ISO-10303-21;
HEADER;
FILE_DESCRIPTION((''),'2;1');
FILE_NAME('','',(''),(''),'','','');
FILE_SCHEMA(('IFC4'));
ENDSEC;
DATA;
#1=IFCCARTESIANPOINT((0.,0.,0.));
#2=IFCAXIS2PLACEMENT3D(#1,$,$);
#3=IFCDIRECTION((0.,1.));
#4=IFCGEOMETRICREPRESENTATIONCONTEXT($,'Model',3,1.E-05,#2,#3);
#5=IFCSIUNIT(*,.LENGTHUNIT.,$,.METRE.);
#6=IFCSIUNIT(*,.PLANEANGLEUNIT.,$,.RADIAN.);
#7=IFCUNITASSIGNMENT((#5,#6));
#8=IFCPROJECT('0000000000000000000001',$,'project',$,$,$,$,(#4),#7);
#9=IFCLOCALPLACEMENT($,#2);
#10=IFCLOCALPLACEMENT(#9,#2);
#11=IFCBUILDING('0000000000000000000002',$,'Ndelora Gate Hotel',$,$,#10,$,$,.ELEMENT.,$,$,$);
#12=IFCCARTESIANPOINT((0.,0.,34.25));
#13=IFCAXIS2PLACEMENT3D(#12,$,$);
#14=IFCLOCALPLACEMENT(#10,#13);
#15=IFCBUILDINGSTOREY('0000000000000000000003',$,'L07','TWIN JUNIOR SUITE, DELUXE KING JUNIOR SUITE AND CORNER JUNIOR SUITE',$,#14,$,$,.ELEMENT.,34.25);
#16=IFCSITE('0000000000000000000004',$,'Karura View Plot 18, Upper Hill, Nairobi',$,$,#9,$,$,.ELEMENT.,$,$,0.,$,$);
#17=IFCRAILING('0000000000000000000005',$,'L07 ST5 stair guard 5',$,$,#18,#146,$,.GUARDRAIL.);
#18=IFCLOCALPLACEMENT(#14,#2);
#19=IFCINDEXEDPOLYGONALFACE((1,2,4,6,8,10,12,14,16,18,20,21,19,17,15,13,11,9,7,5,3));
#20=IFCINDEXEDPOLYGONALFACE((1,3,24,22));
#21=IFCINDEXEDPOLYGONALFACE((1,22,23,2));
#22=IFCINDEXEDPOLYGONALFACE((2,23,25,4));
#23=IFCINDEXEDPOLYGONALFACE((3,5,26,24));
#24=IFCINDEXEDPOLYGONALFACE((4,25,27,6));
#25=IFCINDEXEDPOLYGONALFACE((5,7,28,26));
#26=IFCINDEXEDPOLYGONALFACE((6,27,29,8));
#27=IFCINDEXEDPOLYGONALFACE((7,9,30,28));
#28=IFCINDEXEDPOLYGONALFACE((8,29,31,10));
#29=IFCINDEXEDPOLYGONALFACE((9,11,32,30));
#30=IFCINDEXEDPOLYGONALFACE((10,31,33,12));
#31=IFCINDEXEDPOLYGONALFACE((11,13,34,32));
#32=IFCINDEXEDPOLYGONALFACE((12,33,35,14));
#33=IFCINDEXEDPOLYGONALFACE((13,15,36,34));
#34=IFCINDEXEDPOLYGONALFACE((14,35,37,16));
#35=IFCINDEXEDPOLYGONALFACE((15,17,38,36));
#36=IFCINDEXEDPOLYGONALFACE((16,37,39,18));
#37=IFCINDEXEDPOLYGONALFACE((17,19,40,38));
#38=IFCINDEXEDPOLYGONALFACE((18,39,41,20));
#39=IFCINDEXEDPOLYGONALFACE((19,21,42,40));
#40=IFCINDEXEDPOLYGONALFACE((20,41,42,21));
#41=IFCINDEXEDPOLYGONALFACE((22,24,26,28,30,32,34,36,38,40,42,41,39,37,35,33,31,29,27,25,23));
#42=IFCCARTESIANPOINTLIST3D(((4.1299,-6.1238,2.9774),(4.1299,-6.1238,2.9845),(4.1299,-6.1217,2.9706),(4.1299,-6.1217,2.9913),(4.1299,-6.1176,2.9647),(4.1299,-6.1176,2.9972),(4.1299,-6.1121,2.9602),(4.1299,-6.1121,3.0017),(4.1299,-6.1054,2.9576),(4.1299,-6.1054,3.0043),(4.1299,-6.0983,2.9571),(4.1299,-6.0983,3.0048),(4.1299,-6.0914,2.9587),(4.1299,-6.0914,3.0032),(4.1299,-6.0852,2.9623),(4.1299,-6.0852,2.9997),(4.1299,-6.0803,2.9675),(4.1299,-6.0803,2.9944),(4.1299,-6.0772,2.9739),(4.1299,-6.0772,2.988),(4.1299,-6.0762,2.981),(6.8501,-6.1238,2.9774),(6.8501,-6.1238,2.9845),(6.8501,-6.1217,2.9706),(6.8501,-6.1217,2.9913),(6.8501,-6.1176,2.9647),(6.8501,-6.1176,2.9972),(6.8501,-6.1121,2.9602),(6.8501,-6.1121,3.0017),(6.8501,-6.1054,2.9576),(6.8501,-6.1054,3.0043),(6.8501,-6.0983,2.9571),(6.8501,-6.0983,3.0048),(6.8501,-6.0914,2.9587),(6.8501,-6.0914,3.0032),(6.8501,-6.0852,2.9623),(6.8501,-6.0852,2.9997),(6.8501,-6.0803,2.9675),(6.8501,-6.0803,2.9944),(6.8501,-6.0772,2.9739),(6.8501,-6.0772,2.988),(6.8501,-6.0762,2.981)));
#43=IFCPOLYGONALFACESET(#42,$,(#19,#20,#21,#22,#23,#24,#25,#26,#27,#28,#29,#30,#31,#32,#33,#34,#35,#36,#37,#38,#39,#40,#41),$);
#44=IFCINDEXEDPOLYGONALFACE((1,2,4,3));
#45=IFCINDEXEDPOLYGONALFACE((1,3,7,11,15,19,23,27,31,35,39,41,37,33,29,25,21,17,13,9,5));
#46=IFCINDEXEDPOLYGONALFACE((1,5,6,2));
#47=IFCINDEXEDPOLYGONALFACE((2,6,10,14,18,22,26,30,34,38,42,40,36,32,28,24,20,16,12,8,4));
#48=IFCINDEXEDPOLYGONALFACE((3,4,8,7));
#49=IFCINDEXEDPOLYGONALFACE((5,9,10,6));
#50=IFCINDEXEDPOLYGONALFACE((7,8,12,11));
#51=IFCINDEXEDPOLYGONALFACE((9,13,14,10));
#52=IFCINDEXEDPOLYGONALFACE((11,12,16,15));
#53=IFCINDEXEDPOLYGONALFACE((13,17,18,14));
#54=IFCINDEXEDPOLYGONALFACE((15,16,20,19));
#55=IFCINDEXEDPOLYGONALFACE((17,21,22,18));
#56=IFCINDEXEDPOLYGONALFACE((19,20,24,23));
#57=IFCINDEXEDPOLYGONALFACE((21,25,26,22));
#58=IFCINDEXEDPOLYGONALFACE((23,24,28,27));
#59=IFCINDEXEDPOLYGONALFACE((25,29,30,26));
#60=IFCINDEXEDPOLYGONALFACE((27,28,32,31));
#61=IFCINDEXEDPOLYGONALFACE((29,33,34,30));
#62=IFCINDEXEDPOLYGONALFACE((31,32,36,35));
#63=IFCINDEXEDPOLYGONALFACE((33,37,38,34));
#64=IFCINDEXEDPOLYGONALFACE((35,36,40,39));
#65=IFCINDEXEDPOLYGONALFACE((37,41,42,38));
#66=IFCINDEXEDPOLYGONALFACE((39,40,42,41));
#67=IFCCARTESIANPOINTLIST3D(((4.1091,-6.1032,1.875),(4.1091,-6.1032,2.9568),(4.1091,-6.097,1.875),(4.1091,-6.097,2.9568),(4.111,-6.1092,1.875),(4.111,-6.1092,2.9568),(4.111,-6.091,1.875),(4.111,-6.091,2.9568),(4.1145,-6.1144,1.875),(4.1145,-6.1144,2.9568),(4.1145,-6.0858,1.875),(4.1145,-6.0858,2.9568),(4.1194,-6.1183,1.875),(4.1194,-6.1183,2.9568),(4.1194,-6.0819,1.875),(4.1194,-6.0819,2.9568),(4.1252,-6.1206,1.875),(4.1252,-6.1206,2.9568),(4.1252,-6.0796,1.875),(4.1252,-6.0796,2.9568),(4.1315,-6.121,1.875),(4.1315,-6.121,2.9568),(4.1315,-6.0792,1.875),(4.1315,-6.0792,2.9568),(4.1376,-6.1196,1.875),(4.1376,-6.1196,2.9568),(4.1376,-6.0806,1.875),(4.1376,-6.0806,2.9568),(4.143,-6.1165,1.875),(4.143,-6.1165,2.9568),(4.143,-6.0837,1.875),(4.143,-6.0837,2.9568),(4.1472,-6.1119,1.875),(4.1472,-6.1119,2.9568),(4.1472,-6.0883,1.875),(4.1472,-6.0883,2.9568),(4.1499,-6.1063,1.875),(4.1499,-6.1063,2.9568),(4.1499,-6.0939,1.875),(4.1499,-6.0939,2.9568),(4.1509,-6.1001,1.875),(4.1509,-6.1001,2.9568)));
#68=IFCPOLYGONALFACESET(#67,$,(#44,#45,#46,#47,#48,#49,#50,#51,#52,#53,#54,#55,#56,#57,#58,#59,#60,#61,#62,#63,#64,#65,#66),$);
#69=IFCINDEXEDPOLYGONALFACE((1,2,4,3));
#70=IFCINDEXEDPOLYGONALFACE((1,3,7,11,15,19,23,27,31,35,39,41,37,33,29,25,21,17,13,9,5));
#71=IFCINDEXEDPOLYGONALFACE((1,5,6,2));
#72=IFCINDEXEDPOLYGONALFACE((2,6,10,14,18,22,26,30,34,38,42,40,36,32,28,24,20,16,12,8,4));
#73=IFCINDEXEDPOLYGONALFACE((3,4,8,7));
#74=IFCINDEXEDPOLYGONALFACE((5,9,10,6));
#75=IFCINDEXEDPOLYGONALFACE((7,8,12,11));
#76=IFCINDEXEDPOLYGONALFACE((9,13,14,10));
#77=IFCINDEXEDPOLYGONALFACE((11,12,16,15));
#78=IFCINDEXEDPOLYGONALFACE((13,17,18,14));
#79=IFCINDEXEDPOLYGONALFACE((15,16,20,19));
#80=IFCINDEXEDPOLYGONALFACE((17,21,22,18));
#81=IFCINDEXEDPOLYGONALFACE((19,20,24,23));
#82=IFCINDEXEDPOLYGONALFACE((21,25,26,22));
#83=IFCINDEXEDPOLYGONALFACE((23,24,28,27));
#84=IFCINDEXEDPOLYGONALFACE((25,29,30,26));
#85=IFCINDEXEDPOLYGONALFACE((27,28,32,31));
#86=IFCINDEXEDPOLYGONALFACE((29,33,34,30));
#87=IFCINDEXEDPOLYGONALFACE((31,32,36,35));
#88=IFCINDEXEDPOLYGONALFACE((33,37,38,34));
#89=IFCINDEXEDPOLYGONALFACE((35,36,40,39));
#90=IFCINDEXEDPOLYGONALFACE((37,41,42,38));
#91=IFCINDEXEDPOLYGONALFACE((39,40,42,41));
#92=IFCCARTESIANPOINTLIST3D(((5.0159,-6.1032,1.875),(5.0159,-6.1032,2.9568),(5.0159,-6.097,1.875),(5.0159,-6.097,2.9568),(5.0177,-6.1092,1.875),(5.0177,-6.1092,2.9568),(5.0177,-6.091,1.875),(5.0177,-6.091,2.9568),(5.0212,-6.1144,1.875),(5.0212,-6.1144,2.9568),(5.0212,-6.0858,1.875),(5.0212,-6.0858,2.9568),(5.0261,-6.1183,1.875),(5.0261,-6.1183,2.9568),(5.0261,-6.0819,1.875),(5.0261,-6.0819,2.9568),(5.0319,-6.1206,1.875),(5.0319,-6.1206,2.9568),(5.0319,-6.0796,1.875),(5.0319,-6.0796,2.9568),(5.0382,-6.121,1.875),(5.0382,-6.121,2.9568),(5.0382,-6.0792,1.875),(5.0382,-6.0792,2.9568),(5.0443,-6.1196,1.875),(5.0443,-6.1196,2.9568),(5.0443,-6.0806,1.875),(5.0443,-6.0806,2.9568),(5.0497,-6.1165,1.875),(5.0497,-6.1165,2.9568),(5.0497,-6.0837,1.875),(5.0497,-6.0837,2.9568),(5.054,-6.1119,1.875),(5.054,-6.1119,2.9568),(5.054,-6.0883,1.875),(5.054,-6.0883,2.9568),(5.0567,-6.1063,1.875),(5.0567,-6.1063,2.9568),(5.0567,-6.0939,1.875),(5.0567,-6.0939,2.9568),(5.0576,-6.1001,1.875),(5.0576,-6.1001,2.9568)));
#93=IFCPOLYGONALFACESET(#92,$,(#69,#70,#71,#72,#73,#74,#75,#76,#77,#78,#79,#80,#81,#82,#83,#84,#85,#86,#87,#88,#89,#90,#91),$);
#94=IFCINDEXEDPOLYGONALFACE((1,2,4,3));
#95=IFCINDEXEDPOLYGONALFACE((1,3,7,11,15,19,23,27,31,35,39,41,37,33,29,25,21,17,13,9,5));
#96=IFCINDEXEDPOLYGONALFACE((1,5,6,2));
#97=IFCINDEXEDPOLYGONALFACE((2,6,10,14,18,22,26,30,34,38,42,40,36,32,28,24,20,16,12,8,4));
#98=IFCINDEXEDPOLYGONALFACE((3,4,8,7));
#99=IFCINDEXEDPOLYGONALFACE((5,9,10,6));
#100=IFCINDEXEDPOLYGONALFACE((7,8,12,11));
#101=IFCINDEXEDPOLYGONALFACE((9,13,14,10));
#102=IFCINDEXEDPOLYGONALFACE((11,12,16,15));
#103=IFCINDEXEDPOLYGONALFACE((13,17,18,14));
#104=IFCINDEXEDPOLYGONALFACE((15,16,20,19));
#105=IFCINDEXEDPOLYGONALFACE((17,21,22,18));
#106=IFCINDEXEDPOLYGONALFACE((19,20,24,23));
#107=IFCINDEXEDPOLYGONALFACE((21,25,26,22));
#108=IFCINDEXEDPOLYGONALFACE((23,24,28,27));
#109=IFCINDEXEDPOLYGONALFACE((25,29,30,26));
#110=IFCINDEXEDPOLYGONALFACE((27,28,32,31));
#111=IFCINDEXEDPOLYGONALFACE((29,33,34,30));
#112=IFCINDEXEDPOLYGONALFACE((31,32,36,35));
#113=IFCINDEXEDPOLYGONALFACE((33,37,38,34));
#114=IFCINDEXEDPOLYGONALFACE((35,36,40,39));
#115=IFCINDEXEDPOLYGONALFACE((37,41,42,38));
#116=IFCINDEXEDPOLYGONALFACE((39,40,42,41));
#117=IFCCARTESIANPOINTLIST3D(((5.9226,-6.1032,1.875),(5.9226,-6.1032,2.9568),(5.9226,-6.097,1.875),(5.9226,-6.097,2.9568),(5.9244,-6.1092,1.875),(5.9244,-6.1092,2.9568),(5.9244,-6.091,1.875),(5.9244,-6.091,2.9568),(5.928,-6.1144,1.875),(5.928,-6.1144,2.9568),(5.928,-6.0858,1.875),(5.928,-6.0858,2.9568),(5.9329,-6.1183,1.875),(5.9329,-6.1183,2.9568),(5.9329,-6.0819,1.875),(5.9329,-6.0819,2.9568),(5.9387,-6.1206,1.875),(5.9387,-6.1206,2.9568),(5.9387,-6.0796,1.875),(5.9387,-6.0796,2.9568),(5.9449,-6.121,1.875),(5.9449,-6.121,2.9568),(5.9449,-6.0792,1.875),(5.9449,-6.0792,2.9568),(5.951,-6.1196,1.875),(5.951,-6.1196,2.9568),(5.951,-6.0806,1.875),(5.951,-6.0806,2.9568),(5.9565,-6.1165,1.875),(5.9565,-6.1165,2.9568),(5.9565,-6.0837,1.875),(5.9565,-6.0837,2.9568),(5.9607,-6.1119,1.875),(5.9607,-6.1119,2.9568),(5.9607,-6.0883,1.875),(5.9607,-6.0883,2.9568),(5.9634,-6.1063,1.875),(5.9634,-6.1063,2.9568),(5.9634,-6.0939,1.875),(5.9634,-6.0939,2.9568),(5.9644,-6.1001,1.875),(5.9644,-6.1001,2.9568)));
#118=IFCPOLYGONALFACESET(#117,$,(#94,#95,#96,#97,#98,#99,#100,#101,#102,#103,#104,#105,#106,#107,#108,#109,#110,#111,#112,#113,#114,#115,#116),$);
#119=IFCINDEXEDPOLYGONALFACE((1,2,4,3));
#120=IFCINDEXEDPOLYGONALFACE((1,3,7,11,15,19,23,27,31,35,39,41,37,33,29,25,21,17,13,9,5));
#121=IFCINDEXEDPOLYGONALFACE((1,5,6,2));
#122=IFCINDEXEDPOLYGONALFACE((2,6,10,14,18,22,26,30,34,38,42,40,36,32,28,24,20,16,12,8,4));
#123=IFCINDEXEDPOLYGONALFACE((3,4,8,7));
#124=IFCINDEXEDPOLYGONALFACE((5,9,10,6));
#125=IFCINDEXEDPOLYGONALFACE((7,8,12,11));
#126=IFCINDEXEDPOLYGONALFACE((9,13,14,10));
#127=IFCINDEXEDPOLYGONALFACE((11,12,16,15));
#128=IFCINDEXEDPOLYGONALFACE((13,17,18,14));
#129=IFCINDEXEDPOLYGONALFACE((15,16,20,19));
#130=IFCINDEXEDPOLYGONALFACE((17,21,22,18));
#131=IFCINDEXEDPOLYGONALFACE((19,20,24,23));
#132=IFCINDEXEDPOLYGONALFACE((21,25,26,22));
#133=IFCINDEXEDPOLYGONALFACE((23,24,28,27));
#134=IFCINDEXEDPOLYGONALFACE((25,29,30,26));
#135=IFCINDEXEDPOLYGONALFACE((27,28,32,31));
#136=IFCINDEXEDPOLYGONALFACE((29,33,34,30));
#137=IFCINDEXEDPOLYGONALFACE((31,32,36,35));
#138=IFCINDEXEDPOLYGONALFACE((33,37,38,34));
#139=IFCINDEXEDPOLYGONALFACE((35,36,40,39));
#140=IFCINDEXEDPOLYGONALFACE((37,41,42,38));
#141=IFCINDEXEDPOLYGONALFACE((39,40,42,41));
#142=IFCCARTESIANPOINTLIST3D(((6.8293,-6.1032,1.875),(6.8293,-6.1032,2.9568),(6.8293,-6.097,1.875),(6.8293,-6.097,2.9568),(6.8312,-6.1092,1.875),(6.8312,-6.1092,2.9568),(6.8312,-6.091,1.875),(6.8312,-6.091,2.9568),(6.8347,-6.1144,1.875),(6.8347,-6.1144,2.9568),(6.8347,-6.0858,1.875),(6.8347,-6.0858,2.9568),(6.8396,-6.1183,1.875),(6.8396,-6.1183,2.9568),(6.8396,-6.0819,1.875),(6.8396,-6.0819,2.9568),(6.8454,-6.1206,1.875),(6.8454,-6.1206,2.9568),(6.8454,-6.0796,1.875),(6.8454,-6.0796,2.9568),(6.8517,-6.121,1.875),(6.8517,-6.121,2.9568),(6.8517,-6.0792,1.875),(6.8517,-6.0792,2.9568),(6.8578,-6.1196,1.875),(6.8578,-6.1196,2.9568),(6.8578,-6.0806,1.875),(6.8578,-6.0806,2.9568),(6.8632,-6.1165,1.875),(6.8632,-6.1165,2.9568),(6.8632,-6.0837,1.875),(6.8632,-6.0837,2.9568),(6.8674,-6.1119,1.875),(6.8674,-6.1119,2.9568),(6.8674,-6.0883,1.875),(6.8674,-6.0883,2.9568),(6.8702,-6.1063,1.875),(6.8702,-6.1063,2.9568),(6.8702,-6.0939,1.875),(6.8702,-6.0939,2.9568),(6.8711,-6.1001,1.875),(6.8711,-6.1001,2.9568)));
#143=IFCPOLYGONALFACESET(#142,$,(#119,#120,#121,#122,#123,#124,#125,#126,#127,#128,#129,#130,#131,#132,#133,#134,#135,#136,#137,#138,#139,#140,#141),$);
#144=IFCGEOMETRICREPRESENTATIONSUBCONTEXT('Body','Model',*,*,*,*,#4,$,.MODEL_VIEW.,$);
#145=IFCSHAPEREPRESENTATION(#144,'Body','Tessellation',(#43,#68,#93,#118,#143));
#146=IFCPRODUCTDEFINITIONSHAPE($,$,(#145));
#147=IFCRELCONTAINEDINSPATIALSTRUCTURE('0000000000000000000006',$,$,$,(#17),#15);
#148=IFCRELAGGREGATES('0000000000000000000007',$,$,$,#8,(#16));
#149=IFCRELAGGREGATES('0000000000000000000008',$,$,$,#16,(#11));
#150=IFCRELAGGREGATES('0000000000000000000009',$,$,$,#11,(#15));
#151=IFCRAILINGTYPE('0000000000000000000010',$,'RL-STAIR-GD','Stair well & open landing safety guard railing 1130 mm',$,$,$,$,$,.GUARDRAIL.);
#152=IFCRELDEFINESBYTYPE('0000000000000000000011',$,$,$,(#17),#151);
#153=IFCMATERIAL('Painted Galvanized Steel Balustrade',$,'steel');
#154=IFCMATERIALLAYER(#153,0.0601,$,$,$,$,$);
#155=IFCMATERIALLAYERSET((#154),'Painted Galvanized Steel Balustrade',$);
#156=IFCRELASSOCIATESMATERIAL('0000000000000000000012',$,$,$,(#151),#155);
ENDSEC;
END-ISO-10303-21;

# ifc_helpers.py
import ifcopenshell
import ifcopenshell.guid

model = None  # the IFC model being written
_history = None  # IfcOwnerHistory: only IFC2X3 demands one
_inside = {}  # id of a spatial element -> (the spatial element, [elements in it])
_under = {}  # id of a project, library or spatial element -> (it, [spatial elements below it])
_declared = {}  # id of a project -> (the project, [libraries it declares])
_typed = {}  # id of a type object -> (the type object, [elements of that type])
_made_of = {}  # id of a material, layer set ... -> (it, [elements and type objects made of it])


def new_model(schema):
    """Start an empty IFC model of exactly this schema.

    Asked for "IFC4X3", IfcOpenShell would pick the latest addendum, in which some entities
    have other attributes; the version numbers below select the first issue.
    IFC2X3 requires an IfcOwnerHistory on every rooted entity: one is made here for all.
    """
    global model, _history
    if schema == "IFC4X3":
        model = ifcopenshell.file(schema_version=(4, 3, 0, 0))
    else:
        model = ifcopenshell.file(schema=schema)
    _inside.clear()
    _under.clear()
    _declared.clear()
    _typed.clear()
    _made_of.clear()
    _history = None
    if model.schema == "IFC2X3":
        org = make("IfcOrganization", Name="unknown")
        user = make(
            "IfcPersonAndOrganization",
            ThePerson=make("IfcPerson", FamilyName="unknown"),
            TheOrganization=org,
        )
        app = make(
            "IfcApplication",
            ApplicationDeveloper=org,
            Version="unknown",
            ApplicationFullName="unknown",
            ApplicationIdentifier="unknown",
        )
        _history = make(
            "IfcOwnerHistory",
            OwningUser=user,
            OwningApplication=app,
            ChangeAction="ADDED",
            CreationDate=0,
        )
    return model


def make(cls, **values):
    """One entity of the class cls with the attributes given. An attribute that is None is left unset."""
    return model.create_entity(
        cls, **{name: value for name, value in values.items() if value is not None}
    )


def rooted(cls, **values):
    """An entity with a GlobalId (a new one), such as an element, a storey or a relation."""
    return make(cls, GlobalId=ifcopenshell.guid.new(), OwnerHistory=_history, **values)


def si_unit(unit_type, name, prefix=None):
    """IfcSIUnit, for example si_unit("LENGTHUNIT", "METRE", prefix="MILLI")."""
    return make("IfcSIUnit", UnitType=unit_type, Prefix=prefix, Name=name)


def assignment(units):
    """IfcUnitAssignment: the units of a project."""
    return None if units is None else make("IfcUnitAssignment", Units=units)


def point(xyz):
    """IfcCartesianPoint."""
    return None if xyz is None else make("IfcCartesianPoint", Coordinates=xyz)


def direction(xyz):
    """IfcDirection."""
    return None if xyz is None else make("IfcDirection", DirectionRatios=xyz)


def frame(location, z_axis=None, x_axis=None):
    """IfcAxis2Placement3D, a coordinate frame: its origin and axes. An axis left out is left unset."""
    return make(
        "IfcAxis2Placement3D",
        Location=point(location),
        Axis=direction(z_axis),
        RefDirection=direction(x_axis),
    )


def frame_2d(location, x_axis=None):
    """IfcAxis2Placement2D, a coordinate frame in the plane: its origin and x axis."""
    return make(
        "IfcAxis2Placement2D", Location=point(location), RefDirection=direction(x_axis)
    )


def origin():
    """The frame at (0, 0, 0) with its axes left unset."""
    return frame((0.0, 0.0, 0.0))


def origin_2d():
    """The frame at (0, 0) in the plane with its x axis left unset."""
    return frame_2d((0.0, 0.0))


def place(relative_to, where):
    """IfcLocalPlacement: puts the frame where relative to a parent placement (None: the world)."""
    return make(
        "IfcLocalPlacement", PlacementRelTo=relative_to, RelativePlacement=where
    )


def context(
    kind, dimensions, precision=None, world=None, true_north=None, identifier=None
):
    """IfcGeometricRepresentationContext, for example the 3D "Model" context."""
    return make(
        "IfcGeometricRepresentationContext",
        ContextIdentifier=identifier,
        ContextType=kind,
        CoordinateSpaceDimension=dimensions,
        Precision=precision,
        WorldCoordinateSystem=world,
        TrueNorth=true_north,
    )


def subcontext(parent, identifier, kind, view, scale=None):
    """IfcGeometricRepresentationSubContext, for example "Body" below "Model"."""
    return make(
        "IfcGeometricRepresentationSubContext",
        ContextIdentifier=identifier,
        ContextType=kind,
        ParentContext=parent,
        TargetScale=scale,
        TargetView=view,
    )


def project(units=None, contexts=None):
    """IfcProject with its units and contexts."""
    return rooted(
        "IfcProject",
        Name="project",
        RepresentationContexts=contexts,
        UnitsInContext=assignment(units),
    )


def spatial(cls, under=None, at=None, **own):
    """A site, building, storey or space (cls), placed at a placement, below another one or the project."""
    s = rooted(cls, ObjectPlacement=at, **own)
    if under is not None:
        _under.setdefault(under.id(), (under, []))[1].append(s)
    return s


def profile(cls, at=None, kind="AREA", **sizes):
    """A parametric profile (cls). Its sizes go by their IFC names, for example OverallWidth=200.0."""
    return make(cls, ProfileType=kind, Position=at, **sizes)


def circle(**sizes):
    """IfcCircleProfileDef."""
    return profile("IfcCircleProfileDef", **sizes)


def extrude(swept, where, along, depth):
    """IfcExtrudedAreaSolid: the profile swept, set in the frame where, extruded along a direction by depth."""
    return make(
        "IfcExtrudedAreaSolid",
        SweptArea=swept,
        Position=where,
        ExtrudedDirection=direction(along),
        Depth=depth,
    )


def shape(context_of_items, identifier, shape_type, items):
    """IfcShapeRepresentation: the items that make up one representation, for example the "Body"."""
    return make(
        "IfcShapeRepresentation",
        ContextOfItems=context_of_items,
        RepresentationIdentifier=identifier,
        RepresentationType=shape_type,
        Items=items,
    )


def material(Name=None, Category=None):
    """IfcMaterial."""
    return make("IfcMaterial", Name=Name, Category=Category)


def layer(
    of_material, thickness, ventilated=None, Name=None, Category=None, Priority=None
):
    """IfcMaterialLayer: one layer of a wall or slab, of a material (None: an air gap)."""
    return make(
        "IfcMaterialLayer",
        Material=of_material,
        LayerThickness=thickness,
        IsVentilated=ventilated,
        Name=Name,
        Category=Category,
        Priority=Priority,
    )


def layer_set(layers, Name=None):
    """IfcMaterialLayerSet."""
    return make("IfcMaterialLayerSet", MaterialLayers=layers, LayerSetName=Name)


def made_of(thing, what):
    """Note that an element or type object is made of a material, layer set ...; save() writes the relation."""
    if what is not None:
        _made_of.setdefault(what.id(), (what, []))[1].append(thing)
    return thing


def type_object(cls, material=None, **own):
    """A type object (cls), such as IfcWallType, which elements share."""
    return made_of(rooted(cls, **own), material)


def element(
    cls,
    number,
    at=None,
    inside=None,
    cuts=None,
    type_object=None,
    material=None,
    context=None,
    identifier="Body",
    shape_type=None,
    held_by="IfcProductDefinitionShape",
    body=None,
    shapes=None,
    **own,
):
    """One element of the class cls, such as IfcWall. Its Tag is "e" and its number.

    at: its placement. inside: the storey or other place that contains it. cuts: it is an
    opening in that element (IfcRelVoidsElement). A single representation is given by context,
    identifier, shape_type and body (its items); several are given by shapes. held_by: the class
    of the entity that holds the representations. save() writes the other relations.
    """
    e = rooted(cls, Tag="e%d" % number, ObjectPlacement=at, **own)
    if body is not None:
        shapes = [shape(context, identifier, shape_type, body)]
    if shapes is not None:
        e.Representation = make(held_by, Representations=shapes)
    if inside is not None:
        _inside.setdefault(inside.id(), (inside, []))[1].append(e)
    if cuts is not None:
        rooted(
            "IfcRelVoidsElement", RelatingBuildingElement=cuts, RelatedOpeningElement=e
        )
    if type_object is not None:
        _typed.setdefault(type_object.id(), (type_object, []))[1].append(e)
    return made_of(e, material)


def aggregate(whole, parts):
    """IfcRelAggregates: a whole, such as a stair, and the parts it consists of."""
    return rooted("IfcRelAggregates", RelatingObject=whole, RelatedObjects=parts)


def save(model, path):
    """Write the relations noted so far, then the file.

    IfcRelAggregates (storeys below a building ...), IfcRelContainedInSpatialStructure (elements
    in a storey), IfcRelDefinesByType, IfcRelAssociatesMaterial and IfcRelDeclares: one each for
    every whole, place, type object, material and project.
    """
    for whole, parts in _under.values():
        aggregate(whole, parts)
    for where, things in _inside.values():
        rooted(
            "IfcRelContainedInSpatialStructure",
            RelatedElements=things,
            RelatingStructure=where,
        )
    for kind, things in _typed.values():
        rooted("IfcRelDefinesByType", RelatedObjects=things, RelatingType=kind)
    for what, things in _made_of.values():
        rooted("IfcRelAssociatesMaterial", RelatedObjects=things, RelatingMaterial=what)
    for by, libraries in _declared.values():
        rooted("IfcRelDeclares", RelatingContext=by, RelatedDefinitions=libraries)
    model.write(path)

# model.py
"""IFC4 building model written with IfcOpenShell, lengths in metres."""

from ifc_helpers import new_model, si_unit, direction, frame, origin, origin_2d, place, context, subcontext, project, spatial, circle, extrude, material, layer, layer_set, type_object, element, save


model = new_model("IFC4")

# Units and contexts
model_context = context("Model", 3, precision=1e-05, world=origin(), true_north=direction((0.0, 1.0)))
body_context = subcontext(model_context, "Body", "Model", "MODEL_VIEW")
ifc_project = project(units=[si_unit("LENGTHUNIT", "METRE"), si_unit("PLANEANGLEUNIT", "RADIAN")], contexts=[model_context])

# Site, building, storey
site_placement = place(None, origin())
site = spatial("IfcSite", under=ifc_project, at=site_placement, Name="Karura View Plot 18, Upper Hill, Nairobi", CompositionType="ELEMENT", RefElevation=0.0)
building_placement = place(site_placement, origin())
building = spatial("IfcBuilding", under=site, at=building_placement, Name="Ndelora Gate Hotel", CompositionType="ELEMENT")
storey_placement = place(building_placement, frame((0.0, 0.0, 34.25)))
storey = spatial("IfcBuildingStorey", under=building, at=storey_placement, Name="L07", Description="TWIN JUNIOR SUITE, DELUXE KING JUNIOR SUITE AND CORNER JUNIOR SUITE", CompositionType="ELEMENT", Elevation=34.25)

# Railing
ifc_material_1 = material(Name="Painted Galvanized Steel Balustrade", Category="steel")
ifc_layer_1 = layer(ifc_material_1, 0.0601)
ifc_layer_set_1 = layer_set([ifc_layer_1], Name="Painted Galvanized Steel Balustrade")
railing_type_1 = type_object("IfcRailingType", Name="RL-STAIR-GD", Description="Stair well & open landing safety guard railing 1130 mm", PredefinedType="GUARDRAIL", material=ifc_layer_set_1)
railing_1_placement = place(storey_placement, frame((4.1299, -6.1001, 1.875)))
element("IfcRailing", 1, at=railing_1_placement, inside=storey, type_object=railing_type_1, Name="L07 ST5 stair guard 5", PredefinedType="GUARDRAIL", context=body_context, shape_type="SweptSolid", body=[
    extrude(circle(Radius=0.0239, at=origin_2d()), frame((0.0, 0.0, 1.106), z_axis=(1.0, 0.0, 0.0), x_axis=(0.0, 1.0, 0.0)), (0.0, 0.0, 1.0), 2.7202),
    extrude(circle(Radius=0.021, at=origin_2d()), origin(), (0.0, 0.0, 1.0), 1.0818),
    extrude(circle(Radius=0.021, at=origin_2d()), frame((0.9067, 0.0, 0.0)), (0.0, 0.0, 1.0), 1.0818),
    extrude(circle(Radius=0.021, at=origin_2d()), frame((1.8135, 0.0, 0.0)), (0.0, 0.0, 1.0), 1.0818),
    extrude(circle(Radius=0.021, at=origin_2d()), frame((2.7202, 0.0, 0.0)), (0.0, 0.0, 1.0), 1.0818),
])

save(model, "model.ifc")
